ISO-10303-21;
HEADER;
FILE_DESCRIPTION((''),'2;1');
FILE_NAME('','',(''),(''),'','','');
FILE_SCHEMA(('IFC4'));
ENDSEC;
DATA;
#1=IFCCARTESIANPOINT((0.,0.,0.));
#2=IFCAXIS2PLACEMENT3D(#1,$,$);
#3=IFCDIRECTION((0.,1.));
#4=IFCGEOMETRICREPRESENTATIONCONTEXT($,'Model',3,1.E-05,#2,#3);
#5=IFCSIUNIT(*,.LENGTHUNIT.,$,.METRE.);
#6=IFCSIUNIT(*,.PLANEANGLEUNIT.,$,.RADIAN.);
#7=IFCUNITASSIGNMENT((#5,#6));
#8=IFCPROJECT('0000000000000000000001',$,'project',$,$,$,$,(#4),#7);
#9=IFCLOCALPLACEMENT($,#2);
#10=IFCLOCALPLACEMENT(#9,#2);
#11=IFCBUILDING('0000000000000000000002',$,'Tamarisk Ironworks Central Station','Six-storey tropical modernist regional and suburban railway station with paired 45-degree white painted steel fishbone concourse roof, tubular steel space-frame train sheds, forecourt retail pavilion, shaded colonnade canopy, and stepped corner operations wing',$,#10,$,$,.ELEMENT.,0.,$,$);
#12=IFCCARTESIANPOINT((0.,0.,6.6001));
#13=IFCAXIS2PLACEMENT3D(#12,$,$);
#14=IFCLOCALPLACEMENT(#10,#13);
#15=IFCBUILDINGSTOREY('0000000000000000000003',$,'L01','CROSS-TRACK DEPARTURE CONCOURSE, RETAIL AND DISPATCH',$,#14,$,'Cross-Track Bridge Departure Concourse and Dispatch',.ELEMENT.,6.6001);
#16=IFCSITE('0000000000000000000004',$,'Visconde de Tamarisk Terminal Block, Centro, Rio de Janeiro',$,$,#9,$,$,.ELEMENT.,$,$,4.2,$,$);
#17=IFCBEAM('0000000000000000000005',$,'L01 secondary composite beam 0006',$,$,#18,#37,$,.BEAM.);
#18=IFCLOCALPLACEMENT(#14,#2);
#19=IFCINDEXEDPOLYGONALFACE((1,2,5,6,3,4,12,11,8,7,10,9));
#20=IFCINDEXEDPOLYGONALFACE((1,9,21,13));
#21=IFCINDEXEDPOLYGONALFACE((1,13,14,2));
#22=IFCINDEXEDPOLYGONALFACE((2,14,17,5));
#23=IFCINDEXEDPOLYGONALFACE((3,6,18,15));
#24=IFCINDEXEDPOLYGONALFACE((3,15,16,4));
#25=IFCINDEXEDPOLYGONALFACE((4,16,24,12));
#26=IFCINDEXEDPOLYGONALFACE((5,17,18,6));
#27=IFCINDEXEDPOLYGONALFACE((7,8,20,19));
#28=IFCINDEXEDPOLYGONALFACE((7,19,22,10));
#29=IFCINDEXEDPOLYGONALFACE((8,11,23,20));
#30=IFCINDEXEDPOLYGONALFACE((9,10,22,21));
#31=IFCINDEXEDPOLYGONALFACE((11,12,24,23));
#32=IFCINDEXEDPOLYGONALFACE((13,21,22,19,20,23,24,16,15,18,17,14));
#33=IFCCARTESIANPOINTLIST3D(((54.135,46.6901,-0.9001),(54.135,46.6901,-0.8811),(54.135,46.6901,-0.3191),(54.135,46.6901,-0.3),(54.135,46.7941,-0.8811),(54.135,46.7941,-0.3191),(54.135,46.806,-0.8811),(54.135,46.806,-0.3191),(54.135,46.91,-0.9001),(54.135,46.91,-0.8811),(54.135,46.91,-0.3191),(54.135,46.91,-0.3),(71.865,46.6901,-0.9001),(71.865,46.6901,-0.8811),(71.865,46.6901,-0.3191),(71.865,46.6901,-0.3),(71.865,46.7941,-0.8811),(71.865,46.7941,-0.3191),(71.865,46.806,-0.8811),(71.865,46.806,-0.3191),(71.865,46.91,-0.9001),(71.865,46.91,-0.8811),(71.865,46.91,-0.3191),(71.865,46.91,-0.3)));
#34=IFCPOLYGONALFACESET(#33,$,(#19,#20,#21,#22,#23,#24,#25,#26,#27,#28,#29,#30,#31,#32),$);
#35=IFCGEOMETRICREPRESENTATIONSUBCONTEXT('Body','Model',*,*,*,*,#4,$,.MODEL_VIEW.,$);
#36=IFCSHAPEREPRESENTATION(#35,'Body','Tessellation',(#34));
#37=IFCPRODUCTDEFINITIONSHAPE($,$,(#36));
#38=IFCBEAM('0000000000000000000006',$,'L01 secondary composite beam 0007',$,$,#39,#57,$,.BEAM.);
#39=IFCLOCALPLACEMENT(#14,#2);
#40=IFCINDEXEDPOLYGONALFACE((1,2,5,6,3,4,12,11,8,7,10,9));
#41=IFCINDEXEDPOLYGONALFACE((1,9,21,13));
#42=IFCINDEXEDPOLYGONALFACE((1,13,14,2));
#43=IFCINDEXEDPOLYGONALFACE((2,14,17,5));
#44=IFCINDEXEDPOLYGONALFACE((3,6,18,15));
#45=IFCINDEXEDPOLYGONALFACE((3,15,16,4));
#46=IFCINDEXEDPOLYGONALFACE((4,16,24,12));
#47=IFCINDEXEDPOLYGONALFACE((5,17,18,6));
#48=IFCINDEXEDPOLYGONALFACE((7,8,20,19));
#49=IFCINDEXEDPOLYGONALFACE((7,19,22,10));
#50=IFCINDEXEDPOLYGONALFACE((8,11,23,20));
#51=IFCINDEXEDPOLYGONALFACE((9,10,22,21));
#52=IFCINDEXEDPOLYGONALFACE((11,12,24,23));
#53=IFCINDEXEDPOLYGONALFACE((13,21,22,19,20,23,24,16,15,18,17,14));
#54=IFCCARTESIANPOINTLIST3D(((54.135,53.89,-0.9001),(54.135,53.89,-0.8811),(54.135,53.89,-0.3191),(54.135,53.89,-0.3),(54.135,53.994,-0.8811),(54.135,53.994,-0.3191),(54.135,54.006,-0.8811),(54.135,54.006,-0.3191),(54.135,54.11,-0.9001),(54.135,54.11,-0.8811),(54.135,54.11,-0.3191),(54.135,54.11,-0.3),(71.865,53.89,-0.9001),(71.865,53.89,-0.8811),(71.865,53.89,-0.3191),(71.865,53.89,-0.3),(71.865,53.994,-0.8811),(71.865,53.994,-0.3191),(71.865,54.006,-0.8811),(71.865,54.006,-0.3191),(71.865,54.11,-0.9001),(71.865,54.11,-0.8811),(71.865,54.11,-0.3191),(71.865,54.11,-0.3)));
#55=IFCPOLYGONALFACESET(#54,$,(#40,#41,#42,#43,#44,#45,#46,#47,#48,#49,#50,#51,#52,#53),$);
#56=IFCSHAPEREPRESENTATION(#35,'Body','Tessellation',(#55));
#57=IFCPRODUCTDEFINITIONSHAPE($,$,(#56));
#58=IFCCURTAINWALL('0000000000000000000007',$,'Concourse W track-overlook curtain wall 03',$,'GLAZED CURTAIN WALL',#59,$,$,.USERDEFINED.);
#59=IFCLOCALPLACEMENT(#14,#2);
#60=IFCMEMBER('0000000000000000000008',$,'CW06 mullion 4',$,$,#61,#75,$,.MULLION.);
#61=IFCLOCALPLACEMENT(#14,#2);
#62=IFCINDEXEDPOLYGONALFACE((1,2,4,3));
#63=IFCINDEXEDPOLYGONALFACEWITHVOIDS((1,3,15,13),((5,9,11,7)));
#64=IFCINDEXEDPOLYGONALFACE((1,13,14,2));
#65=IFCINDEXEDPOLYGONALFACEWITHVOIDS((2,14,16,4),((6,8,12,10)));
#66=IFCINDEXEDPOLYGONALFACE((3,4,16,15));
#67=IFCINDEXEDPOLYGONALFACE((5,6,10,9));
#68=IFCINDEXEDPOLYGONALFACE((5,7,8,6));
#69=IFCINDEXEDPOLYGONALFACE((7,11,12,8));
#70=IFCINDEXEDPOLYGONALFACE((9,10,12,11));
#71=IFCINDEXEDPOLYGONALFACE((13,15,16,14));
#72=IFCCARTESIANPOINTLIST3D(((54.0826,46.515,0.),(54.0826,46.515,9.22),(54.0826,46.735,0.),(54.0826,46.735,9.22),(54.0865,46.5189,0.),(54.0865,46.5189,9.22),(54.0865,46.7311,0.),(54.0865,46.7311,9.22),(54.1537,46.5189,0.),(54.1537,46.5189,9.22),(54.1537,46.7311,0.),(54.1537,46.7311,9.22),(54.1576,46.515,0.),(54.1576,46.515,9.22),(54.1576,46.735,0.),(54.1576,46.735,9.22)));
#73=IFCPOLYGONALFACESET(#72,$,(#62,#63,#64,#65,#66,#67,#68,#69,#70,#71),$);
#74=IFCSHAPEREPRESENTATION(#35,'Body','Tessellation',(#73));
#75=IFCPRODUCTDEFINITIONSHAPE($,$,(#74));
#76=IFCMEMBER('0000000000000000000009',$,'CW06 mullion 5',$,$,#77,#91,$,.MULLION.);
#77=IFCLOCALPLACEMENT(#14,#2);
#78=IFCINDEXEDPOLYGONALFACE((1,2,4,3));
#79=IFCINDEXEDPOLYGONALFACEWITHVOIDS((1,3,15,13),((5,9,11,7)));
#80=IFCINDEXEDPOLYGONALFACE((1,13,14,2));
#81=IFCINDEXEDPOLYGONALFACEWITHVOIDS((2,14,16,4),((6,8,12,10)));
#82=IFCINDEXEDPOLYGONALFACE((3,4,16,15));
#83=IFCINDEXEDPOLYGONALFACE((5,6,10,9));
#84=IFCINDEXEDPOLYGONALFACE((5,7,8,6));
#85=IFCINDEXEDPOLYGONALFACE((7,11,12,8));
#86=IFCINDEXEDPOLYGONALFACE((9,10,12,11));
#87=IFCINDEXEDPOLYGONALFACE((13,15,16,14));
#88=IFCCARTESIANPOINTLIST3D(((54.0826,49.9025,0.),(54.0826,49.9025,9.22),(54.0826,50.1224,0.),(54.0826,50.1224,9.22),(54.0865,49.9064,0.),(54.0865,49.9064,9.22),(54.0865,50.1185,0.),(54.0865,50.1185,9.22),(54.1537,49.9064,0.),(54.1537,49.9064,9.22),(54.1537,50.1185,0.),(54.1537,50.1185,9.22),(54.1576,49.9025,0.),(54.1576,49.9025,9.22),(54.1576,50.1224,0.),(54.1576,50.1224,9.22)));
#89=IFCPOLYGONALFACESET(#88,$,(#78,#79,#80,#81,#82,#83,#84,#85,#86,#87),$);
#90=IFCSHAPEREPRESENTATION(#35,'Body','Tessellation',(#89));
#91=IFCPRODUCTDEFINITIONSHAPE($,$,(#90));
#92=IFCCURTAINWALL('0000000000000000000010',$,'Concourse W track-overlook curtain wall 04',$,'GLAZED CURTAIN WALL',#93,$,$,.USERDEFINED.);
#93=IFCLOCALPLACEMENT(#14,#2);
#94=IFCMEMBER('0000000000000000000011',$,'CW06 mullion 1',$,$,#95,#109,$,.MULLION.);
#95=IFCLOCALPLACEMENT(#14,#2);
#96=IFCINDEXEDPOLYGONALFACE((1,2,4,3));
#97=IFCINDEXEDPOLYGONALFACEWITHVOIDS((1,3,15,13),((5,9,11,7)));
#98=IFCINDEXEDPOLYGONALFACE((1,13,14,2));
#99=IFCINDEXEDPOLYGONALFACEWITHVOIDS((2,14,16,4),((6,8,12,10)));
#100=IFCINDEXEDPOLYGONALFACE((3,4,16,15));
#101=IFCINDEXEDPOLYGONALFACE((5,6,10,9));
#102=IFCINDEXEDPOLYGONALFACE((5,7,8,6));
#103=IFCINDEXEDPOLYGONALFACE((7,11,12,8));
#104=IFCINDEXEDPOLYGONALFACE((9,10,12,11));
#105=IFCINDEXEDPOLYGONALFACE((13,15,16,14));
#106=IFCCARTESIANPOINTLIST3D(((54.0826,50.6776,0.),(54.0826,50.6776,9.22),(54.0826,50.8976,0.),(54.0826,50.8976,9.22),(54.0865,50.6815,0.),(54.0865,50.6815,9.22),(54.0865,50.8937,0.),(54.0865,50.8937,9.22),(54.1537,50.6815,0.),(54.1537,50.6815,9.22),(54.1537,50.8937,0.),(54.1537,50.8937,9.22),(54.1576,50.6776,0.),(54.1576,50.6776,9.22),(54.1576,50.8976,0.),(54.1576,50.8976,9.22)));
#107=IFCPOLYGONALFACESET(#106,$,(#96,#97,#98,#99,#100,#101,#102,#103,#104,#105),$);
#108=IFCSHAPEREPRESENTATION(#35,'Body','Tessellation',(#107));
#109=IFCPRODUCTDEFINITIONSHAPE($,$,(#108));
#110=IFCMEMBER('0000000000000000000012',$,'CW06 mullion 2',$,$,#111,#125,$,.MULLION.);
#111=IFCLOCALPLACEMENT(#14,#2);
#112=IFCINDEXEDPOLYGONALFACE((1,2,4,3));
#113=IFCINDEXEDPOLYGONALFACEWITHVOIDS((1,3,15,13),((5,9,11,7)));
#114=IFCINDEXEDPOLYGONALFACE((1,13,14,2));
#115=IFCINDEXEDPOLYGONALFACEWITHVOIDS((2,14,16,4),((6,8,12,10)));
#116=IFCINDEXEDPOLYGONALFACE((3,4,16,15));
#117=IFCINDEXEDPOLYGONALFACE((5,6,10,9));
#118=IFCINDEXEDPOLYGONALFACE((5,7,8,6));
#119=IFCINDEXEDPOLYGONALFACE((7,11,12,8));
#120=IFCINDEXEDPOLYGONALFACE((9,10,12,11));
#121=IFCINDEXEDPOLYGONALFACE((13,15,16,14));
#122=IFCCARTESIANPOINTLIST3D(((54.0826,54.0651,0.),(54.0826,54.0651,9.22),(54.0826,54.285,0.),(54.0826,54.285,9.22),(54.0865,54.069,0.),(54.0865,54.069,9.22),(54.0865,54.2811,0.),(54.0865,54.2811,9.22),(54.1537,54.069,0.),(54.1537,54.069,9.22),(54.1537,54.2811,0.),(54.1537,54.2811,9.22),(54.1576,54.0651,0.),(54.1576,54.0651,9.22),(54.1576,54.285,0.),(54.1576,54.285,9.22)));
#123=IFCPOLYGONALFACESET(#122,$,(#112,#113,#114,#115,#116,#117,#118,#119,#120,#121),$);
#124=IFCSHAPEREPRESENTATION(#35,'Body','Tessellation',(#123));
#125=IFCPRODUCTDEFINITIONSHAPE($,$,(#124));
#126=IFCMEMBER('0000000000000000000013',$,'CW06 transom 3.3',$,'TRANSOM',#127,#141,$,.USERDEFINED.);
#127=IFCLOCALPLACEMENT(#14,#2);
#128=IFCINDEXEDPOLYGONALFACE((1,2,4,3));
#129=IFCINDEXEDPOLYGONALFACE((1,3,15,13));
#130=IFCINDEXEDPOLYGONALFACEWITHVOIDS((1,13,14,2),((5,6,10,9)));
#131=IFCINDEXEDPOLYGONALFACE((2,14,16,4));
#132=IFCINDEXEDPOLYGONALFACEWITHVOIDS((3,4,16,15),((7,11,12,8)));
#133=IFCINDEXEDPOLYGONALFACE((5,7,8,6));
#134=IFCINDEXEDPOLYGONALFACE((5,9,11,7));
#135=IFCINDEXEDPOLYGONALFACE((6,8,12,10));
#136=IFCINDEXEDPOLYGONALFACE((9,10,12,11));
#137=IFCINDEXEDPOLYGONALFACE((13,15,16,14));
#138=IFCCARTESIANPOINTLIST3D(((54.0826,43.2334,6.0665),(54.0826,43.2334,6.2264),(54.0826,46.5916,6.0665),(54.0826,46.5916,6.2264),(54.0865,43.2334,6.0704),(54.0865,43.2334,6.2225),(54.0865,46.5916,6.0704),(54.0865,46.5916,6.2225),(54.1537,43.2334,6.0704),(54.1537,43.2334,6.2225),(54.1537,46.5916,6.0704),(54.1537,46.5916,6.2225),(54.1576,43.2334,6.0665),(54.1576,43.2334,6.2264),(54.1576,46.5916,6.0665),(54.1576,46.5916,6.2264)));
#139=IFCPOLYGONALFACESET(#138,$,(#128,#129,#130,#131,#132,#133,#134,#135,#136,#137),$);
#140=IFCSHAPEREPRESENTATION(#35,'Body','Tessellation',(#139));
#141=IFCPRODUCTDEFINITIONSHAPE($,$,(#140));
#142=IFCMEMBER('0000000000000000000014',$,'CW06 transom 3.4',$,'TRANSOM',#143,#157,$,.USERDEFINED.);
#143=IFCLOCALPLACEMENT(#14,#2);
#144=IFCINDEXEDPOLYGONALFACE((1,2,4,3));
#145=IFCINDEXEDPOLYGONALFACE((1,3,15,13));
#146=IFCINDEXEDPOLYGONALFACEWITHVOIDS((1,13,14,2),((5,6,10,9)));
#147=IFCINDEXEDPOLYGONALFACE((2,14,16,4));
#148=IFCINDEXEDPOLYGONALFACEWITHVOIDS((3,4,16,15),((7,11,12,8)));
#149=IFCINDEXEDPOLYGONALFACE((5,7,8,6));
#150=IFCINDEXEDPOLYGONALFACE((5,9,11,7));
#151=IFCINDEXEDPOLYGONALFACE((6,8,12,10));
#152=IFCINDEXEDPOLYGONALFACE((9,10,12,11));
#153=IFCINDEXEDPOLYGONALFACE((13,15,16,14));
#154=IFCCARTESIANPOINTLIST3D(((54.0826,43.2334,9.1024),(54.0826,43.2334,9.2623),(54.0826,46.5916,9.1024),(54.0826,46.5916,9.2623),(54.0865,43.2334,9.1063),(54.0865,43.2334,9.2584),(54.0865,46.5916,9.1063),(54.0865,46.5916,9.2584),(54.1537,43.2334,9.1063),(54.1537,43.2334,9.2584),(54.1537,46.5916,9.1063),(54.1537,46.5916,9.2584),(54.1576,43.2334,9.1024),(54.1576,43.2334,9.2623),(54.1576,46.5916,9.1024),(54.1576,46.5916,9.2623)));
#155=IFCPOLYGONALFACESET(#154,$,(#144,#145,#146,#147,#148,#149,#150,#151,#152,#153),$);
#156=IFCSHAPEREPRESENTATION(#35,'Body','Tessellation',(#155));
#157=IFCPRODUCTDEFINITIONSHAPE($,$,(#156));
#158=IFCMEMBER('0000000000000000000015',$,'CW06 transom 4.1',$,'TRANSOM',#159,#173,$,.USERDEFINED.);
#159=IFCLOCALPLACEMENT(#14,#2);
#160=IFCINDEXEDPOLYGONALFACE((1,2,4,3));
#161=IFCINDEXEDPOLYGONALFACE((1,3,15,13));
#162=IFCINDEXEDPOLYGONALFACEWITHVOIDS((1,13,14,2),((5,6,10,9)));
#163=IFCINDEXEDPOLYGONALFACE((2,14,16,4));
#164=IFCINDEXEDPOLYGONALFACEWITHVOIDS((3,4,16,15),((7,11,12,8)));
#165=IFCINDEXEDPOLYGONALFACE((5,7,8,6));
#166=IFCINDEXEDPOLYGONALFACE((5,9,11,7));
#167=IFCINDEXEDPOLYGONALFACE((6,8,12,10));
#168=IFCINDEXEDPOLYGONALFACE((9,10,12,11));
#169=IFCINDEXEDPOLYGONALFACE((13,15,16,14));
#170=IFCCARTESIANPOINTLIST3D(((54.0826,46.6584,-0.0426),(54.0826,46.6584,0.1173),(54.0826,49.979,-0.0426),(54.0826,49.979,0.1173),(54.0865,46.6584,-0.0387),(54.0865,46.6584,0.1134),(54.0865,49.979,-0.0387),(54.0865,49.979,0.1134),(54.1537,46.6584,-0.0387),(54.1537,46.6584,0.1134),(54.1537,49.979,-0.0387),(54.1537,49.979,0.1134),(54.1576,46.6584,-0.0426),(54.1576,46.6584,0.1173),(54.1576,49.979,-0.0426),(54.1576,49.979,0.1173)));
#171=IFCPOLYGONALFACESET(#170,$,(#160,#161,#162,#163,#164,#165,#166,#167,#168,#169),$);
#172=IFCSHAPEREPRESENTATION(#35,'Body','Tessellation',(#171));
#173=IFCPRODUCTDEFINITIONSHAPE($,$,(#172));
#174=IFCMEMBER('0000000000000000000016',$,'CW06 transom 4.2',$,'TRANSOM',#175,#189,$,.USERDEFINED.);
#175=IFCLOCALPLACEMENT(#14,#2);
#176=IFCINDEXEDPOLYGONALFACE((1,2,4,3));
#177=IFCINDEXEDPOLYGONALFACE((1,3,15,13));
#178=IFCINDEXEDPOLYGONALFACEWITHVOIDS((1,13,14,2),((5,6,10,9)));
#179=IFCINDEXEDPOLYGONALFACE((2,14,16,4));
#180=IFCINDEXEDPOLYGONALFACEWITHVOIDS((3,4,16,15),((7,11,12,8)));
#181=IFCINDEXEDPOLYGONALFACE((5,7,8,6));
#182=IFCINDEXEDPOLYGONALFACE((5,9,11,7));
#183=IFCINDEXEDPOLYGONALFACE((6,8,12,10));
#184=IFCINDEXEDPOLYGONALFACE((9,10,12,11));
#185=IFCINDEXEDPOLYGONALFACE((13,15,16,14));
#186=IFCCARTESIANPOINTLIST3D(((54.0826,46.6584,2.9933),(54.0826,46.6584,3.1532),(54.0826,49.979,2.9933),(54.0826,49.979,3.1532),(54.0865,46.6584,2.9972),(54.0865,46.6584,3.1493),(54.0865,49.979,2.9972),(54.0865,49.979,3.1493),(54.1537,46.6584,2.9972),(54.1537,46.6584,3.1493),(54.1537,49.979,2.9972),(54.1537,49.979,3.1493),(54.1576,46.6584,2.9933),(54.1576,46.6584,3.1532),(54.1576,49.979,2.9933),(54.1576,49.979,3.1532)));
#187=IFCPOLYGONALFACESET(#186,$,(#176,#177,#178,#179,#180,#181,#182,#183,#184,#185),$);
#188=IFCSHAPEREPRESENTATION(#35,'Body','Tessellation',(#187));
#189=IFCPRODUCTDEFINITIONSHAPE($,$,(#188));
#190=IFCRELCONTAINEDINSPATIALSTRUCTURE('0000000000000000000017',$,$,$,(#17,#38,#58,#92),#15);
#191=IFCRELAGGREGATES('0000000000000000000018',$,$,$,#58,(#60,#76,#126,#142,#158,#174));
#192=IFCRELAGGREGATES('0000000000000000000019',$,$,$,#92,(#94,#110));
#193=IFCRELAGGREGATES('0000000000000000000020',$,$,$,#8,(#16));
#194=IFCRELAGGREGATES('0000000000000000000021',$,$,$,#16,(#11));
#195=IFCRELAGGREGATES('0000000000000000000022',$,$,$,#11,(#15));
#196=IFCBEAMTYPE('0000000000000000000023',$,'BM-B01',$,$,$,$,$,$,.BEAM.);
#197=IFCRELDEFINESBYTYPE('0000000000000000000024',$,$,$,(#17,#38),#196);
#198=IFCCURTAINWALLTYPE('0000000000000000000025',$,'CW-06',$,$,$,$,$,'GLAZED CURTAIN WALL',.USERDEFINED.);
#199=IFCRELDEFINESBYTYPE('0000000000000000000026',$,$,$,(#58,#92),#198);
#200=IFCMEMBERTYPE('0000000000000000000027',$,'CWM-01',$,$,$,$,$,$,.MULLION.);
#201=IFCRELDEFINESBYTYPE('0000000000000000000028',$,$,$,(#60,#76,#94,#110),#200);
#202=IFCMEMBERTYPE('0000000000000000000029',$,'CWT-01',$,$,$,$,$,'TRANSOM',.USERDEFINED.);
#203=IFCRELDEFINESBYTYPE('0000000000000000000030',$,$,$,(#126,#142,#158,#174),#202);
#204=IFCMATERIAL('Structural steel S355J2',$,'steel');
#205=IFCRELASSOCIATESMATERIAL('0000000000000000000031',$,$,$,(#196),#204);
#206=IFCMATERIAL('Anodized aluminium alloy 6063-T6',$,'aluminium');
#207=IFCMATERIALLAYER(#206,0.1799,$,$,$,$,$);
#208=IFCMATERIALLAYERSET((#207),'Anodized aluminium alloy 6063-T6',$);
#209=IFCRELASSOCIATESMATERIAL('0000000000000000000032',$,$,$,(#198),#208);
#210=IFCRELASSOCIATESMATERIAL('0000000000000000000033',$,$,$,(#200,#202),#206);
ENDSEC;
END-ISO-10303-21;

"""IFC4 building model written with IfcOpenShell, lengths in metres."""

from ifc_helpers import new_model, si_unit, direction, frame, origin, origin_2d, place, context, subcontext, project, spatial, hollow_rectangle, i_section, extrude, material, layer, layer_set, material_profile, profile_set, type_object, element, aggregate, save


model = new_model("IFC4")

# Units and contexts
model_context = context("Model", 3, precision=1e-05, world=origin(), true_north=direction((0.0, 1.0)))
body_context = subcontext(model_context, "Body", "Model", "MODEL_VIEW")
ifc_project = project(units=[si_unit("LENGTHUNIT", "METRE"), si_unit("PLANEANGLEUNIT", "RADIAN")], contexts=[model_context])

# Site, building, storey
site_placement = place(None, origin())
site = spatial("IfcSite", under=ifc_project, at=site_placement, Name="Visconde de Tamarisk Terminal Block, Centro, Rio de Janeiro", CompositionType="ELEMENT", RefElevation=4.2)
building_placement = place(site_placement, origin())
building = spatial("IfcBuilding", under=site, at=building_placement, Name="Tamarisk Ironworks Central Station", Description="Six-storey tropical modernist regional and suburban railway station with paired 45-degree white painted steel fishbone concourse roof, tubular steel space-frame train sheds, forecourt retail pavilion, shaded colonnade canopy, and stepped corner operations wing", CompositionType="ELEMENT", ElevationOfRefHeight=0.0)
storey_placement = place(building_placement, frame((0.0, 0.0, 6.6001)))
storey = spatial("IfcBuildingStorey", under=building, at=storey_placement, Name="L01", Description="CROSS-TRACK DEPARTURE CONCOURSE, RETAIL AND DISPATCH", LongName="Cross-Track Bridge Departure Concourse and Dispatch", CompositionType="ELEMENT", Elevation=6.6001)

# Beams
ifc_material_1 = material(Name="Structural steel S355J2", Category="steel")
ifc_material_profile_1 = material_profile(ifc_material_1, i_section(OverallWidth=0.22, OverallDepth=0.6001, WebThickness=0.012, FlangeThickness=0.019, at=origin_2d()), Name="IPE 600")
ifc_profile_set_1 = profile_set([ifc_material_profile_1], Name="Structural steel S355J2")
beam_type = type_object("IfcBeamType", Name="BM-B01", PredefinedType="BEAM", material=ifc_profile_set_1)
for number, where, z_axis, x_axis, name in (
    (1, (54.135, 46.8, -0.6001), (1.0, 0.0, 0.0), (0.0, 1.0, 0.0), "L01 secondary composite beam 0006"),
    (2, (54.135, 54.0, -0.6001), (1.0, 0.0, 0.0), (0.0, 1.0, 0.0), "L01 secondary composite beam 0007"),
):
    element("IfcBeam", number, at=place(storey_placement, frame(where, z_axis=z_axis, x_axis=x_axis)), inside=storey, type_object=beam_type, Name=name, PredefinedType="BEAM", context=body_context, shape_type="SweptSolid", body=[
        extrude(i_section(OverallWidth=0.22, OverallDepth=0.6001, WebThickness=0.012, FlangeThickness=0.019, at=origin_2d()), origin(), (0.0, 0.0, 1.0), 17.73),
    ])

# Curtain walls, members
ifc_material_2 = material(Name="Anodized aluminium alloy 6063-T6", Category="aluminium")
ifc_layer_1 = layer(ifc_material_2, 0.1799)
ifc_layer_set_1 = layer_set([ifc_layer_1], Name="Anodized aluminium alloy 6063-T6")
curtain_wall_type = type_object("IfcCurtainWallType", Name="CW-06", ElementType="GLAZED CURTAIN WALL", PredefinedType="USERDEFINED", material=ifc_layer_set_1)
curtain_wall_1_placement = place(storey_placement, origin())
curtain_wall_1 = element("IfcCurtainWall", 3, at=curtain_wall_1_placement, inside=storey, type_object=curtain_wall_type, Name="Concourse W track-overlook curtain wall 03", ObjectType="GLAZED CURTAIN WALL", PredefinedType="USERDEFINED")
ifc_material_profile_2 = material_profile(ifc_material_2, hollow_rectangle(XDim=0.075, YDim=0.22, WallThickness=0.0039, at=origin_2d()), Name="ALUM 220x75")
ifc_profile_set_2 = profile_set([ifc_material_profile_2], Name="Anodized aluminium alloy 6063-T6")
member_type_1 = type_object("IfcMemberType", Name="CWM-01", PredefinedType="MULLION", material=ifc_profile_set_2)
member_1_placement = place(storey_placement, frame((54.1201, 46.625, 0.0), z_axis=(0.0, 0.0, 1.0), x_axis=(-1.0, 0.0, 0.0)))
member_1 = element("IfcMember", 4, at=member_1_placement, type_object=member_type_1, Name="CW06 mullion 4", PredefinedType="MULLION", context=body_context, shape_type="SweptSolid", body=[
    extrude(hollow_rectangle(XDim=0.075, YDim=0.22, WallThickness=0.0039, at=origin_2d()), origin(), (0.0, 0.0, 1.0), 9.22),
])
member_2_placement = place(storey_placement, frame((54.1201, 50.0125, 0.0), z_axis=(0.0, 0.0, 1.0), x_axis=(-1.0, 0.0, 0.0)))
member_2 = element("IfcMember", 5, at=member_2_placement, type_object=member_type_1, Name="CW06 mullion 5", PredefinedType="MULLION", context=body_context, shape_type="SweptSolid", body=[
    extrude(hollow_rectangle(XDim=0.075, YDim=0.22, WallThickness=0.0039, at=origin_2d()), origin(), (0.0, 0.0, 1.0), 9.22),
])
curtain_wall_2_placement = place(storey_placement, origin())
curtain_wall_2 = element("IfcCurtainWall", 6, at=curtain_wall_2_placement, inside=storey, type_object=curtain_wall_type, Name="Concourse W track-overlook curtain wall 04", ObjectType="GLAZED CURTAIN WALL", PredefinedType="USERDEFINED")
member_3_placement = place(storey_placement, frame((54.1201, 50.7876, 0.0), z_axis=(0.0, 0.0, 1.0), x_axis=(-1.0, 0.0, 0.0)))
member_3 = element("IfcMember", 7, at=member_3_placement, type_object=member_type_1, Name="CW06 mullion 1", PredefinedType="MULLION", context=body_context, shape_type="SweptSolid", body=[
    extrude(hollow_rectangle(XDim=0.075, YDim=0.22, WallThickness=0.0039, at=origin_2d()), origin(), (0.0, 0.0, 1.0), 9.22),
])
member_4_placement = place(storey_placement, frame((54.1201, 54.175, 0.0), z_axis=(0.0, 0.0, 1.0), x_axis=(-1.0, 0.0, 0.0)))
member_4 = element("IfcMember", 8, at=member_4_placement, type_object=member_type_1, Name="CW06 mullion 2", PredefinedType="MULLION", context=body_context, shape_type="SweptSolid", body=[
    extrude(hollow_rectangle(XDim=0.075, YDim=0.22, WallThickness=0.0039, at=origin_2d()), origin(), (0.0, 0.0, 1.0), 9.22),
])

# Members
ifc_material_profile_3 = material_profile(ifc_material_2, hollow_rectangle(XDim=0.075, YDim=0.1599, WallThickness=0.0039, at=origin_2d()), Name="ALUM 160x75")
ifc_profile_set_3 = profile_set([ifc_material_profile_3], Name="Anodized aluminium alloy 6063-T6")
member_type_2 = type_object("IfcMemberType", Name="CWT-01", ElementType="TRANSOM", PredefinedType="USERDEFINED", material=ifc_profile_set_3)
member_5_placement = place(storey_placement, frame((54.1201, 43.2334, 6.1465), z_axis=(0.0, 1.0, 0.0), x_axis=(-1.0, 0.0, 0.0)))
member_5 = element("IfcMember", 9, at=member_5_placement, type_object=member_type_2, Name="CW06 transom 3.3", ObjectType="TRANSOM", PredefinedType="USERDEFINED", context=body_context, shape_type="SweptSolid", body=[
    extrude(hollow_rectangle(XDim=0.075, YDim=0.1599, WallThickness=0.0039, at=origin_2d()), origin(), (0.0, 0.0, 1.0), 3.3582),
])
member_6_placement = place(storey_placement, frame((54.1201, 43.2334, 9.1824), z_axis=(0.0, 1.0, 0.0), x_axis=(-1.0, 0.0, 0.0)))
member_6 = element("IfcMember", 10, at=member_6_placement, type_object=member_type_2, Name="CW06 transom 3.4", ObjectType="TRANSOM", PredefinedType="USERDEFINED", context=body_context, shape_type="SweptSolid", body=[
    extrude(hollow_rectangle(XDim=0.075, YDim=0.1599, WallThickness=0.0039, at=origin_2d()), origin(), (0.0, 0.0, 1.0), 3.3582),
])
member_7_placement = place(storey_placement, frame((54.1201, 46.6584, 0.0374), z_axis=(0.0, 1.0, 0.0), x_axis=(-1.0, 0.0, 0.0)))
member_7 = element("IfcMember", 11, at=member_7_placement, type_object=member_type_2, Name="CW06 transom 4.1", ObjectType="TRANSOM", PredefinedType="USERDEFINED", context=body_context, shape_type="SweptSolid", body=[
    extrude(hollow_rectangle(XDim=0.075, YDim=0.1599, WallThickness=0.0039, at=origin_2d()), origin(), (0.0, 0.0, 1.0), 3.3206),
])
member_8_placement = place(storey_placement, frame((54.1201, 46.6584, 3.0732), z_axis=(0.0, 1.0, 0.0), x_axis=(-1.0, 0.0, 0.0)))
member_8 = element("IfcMember", 12, at=member_8_placement, type_object=member_type_2, Name="CW06 transom 4.2", ObjectType="TRANSOM", PredefinedType="USERDEFINED", context=body_context, shape_type="SweptSolid", body=[
    extrude(hollow_rectangle(XDim=0.075, YDim=0.1599, WallThickness=0.0039, at=origin_2d()), origin(), (0.0, 0.0, 1.0), 3.3206),
])

aggregate(curtain_wall_1, [member_1, member_2, member_5, member_6, member_7, member_8])
aggregate(curtain_wall_2, [member_3, member_4])

save(model, "model.ifc")
